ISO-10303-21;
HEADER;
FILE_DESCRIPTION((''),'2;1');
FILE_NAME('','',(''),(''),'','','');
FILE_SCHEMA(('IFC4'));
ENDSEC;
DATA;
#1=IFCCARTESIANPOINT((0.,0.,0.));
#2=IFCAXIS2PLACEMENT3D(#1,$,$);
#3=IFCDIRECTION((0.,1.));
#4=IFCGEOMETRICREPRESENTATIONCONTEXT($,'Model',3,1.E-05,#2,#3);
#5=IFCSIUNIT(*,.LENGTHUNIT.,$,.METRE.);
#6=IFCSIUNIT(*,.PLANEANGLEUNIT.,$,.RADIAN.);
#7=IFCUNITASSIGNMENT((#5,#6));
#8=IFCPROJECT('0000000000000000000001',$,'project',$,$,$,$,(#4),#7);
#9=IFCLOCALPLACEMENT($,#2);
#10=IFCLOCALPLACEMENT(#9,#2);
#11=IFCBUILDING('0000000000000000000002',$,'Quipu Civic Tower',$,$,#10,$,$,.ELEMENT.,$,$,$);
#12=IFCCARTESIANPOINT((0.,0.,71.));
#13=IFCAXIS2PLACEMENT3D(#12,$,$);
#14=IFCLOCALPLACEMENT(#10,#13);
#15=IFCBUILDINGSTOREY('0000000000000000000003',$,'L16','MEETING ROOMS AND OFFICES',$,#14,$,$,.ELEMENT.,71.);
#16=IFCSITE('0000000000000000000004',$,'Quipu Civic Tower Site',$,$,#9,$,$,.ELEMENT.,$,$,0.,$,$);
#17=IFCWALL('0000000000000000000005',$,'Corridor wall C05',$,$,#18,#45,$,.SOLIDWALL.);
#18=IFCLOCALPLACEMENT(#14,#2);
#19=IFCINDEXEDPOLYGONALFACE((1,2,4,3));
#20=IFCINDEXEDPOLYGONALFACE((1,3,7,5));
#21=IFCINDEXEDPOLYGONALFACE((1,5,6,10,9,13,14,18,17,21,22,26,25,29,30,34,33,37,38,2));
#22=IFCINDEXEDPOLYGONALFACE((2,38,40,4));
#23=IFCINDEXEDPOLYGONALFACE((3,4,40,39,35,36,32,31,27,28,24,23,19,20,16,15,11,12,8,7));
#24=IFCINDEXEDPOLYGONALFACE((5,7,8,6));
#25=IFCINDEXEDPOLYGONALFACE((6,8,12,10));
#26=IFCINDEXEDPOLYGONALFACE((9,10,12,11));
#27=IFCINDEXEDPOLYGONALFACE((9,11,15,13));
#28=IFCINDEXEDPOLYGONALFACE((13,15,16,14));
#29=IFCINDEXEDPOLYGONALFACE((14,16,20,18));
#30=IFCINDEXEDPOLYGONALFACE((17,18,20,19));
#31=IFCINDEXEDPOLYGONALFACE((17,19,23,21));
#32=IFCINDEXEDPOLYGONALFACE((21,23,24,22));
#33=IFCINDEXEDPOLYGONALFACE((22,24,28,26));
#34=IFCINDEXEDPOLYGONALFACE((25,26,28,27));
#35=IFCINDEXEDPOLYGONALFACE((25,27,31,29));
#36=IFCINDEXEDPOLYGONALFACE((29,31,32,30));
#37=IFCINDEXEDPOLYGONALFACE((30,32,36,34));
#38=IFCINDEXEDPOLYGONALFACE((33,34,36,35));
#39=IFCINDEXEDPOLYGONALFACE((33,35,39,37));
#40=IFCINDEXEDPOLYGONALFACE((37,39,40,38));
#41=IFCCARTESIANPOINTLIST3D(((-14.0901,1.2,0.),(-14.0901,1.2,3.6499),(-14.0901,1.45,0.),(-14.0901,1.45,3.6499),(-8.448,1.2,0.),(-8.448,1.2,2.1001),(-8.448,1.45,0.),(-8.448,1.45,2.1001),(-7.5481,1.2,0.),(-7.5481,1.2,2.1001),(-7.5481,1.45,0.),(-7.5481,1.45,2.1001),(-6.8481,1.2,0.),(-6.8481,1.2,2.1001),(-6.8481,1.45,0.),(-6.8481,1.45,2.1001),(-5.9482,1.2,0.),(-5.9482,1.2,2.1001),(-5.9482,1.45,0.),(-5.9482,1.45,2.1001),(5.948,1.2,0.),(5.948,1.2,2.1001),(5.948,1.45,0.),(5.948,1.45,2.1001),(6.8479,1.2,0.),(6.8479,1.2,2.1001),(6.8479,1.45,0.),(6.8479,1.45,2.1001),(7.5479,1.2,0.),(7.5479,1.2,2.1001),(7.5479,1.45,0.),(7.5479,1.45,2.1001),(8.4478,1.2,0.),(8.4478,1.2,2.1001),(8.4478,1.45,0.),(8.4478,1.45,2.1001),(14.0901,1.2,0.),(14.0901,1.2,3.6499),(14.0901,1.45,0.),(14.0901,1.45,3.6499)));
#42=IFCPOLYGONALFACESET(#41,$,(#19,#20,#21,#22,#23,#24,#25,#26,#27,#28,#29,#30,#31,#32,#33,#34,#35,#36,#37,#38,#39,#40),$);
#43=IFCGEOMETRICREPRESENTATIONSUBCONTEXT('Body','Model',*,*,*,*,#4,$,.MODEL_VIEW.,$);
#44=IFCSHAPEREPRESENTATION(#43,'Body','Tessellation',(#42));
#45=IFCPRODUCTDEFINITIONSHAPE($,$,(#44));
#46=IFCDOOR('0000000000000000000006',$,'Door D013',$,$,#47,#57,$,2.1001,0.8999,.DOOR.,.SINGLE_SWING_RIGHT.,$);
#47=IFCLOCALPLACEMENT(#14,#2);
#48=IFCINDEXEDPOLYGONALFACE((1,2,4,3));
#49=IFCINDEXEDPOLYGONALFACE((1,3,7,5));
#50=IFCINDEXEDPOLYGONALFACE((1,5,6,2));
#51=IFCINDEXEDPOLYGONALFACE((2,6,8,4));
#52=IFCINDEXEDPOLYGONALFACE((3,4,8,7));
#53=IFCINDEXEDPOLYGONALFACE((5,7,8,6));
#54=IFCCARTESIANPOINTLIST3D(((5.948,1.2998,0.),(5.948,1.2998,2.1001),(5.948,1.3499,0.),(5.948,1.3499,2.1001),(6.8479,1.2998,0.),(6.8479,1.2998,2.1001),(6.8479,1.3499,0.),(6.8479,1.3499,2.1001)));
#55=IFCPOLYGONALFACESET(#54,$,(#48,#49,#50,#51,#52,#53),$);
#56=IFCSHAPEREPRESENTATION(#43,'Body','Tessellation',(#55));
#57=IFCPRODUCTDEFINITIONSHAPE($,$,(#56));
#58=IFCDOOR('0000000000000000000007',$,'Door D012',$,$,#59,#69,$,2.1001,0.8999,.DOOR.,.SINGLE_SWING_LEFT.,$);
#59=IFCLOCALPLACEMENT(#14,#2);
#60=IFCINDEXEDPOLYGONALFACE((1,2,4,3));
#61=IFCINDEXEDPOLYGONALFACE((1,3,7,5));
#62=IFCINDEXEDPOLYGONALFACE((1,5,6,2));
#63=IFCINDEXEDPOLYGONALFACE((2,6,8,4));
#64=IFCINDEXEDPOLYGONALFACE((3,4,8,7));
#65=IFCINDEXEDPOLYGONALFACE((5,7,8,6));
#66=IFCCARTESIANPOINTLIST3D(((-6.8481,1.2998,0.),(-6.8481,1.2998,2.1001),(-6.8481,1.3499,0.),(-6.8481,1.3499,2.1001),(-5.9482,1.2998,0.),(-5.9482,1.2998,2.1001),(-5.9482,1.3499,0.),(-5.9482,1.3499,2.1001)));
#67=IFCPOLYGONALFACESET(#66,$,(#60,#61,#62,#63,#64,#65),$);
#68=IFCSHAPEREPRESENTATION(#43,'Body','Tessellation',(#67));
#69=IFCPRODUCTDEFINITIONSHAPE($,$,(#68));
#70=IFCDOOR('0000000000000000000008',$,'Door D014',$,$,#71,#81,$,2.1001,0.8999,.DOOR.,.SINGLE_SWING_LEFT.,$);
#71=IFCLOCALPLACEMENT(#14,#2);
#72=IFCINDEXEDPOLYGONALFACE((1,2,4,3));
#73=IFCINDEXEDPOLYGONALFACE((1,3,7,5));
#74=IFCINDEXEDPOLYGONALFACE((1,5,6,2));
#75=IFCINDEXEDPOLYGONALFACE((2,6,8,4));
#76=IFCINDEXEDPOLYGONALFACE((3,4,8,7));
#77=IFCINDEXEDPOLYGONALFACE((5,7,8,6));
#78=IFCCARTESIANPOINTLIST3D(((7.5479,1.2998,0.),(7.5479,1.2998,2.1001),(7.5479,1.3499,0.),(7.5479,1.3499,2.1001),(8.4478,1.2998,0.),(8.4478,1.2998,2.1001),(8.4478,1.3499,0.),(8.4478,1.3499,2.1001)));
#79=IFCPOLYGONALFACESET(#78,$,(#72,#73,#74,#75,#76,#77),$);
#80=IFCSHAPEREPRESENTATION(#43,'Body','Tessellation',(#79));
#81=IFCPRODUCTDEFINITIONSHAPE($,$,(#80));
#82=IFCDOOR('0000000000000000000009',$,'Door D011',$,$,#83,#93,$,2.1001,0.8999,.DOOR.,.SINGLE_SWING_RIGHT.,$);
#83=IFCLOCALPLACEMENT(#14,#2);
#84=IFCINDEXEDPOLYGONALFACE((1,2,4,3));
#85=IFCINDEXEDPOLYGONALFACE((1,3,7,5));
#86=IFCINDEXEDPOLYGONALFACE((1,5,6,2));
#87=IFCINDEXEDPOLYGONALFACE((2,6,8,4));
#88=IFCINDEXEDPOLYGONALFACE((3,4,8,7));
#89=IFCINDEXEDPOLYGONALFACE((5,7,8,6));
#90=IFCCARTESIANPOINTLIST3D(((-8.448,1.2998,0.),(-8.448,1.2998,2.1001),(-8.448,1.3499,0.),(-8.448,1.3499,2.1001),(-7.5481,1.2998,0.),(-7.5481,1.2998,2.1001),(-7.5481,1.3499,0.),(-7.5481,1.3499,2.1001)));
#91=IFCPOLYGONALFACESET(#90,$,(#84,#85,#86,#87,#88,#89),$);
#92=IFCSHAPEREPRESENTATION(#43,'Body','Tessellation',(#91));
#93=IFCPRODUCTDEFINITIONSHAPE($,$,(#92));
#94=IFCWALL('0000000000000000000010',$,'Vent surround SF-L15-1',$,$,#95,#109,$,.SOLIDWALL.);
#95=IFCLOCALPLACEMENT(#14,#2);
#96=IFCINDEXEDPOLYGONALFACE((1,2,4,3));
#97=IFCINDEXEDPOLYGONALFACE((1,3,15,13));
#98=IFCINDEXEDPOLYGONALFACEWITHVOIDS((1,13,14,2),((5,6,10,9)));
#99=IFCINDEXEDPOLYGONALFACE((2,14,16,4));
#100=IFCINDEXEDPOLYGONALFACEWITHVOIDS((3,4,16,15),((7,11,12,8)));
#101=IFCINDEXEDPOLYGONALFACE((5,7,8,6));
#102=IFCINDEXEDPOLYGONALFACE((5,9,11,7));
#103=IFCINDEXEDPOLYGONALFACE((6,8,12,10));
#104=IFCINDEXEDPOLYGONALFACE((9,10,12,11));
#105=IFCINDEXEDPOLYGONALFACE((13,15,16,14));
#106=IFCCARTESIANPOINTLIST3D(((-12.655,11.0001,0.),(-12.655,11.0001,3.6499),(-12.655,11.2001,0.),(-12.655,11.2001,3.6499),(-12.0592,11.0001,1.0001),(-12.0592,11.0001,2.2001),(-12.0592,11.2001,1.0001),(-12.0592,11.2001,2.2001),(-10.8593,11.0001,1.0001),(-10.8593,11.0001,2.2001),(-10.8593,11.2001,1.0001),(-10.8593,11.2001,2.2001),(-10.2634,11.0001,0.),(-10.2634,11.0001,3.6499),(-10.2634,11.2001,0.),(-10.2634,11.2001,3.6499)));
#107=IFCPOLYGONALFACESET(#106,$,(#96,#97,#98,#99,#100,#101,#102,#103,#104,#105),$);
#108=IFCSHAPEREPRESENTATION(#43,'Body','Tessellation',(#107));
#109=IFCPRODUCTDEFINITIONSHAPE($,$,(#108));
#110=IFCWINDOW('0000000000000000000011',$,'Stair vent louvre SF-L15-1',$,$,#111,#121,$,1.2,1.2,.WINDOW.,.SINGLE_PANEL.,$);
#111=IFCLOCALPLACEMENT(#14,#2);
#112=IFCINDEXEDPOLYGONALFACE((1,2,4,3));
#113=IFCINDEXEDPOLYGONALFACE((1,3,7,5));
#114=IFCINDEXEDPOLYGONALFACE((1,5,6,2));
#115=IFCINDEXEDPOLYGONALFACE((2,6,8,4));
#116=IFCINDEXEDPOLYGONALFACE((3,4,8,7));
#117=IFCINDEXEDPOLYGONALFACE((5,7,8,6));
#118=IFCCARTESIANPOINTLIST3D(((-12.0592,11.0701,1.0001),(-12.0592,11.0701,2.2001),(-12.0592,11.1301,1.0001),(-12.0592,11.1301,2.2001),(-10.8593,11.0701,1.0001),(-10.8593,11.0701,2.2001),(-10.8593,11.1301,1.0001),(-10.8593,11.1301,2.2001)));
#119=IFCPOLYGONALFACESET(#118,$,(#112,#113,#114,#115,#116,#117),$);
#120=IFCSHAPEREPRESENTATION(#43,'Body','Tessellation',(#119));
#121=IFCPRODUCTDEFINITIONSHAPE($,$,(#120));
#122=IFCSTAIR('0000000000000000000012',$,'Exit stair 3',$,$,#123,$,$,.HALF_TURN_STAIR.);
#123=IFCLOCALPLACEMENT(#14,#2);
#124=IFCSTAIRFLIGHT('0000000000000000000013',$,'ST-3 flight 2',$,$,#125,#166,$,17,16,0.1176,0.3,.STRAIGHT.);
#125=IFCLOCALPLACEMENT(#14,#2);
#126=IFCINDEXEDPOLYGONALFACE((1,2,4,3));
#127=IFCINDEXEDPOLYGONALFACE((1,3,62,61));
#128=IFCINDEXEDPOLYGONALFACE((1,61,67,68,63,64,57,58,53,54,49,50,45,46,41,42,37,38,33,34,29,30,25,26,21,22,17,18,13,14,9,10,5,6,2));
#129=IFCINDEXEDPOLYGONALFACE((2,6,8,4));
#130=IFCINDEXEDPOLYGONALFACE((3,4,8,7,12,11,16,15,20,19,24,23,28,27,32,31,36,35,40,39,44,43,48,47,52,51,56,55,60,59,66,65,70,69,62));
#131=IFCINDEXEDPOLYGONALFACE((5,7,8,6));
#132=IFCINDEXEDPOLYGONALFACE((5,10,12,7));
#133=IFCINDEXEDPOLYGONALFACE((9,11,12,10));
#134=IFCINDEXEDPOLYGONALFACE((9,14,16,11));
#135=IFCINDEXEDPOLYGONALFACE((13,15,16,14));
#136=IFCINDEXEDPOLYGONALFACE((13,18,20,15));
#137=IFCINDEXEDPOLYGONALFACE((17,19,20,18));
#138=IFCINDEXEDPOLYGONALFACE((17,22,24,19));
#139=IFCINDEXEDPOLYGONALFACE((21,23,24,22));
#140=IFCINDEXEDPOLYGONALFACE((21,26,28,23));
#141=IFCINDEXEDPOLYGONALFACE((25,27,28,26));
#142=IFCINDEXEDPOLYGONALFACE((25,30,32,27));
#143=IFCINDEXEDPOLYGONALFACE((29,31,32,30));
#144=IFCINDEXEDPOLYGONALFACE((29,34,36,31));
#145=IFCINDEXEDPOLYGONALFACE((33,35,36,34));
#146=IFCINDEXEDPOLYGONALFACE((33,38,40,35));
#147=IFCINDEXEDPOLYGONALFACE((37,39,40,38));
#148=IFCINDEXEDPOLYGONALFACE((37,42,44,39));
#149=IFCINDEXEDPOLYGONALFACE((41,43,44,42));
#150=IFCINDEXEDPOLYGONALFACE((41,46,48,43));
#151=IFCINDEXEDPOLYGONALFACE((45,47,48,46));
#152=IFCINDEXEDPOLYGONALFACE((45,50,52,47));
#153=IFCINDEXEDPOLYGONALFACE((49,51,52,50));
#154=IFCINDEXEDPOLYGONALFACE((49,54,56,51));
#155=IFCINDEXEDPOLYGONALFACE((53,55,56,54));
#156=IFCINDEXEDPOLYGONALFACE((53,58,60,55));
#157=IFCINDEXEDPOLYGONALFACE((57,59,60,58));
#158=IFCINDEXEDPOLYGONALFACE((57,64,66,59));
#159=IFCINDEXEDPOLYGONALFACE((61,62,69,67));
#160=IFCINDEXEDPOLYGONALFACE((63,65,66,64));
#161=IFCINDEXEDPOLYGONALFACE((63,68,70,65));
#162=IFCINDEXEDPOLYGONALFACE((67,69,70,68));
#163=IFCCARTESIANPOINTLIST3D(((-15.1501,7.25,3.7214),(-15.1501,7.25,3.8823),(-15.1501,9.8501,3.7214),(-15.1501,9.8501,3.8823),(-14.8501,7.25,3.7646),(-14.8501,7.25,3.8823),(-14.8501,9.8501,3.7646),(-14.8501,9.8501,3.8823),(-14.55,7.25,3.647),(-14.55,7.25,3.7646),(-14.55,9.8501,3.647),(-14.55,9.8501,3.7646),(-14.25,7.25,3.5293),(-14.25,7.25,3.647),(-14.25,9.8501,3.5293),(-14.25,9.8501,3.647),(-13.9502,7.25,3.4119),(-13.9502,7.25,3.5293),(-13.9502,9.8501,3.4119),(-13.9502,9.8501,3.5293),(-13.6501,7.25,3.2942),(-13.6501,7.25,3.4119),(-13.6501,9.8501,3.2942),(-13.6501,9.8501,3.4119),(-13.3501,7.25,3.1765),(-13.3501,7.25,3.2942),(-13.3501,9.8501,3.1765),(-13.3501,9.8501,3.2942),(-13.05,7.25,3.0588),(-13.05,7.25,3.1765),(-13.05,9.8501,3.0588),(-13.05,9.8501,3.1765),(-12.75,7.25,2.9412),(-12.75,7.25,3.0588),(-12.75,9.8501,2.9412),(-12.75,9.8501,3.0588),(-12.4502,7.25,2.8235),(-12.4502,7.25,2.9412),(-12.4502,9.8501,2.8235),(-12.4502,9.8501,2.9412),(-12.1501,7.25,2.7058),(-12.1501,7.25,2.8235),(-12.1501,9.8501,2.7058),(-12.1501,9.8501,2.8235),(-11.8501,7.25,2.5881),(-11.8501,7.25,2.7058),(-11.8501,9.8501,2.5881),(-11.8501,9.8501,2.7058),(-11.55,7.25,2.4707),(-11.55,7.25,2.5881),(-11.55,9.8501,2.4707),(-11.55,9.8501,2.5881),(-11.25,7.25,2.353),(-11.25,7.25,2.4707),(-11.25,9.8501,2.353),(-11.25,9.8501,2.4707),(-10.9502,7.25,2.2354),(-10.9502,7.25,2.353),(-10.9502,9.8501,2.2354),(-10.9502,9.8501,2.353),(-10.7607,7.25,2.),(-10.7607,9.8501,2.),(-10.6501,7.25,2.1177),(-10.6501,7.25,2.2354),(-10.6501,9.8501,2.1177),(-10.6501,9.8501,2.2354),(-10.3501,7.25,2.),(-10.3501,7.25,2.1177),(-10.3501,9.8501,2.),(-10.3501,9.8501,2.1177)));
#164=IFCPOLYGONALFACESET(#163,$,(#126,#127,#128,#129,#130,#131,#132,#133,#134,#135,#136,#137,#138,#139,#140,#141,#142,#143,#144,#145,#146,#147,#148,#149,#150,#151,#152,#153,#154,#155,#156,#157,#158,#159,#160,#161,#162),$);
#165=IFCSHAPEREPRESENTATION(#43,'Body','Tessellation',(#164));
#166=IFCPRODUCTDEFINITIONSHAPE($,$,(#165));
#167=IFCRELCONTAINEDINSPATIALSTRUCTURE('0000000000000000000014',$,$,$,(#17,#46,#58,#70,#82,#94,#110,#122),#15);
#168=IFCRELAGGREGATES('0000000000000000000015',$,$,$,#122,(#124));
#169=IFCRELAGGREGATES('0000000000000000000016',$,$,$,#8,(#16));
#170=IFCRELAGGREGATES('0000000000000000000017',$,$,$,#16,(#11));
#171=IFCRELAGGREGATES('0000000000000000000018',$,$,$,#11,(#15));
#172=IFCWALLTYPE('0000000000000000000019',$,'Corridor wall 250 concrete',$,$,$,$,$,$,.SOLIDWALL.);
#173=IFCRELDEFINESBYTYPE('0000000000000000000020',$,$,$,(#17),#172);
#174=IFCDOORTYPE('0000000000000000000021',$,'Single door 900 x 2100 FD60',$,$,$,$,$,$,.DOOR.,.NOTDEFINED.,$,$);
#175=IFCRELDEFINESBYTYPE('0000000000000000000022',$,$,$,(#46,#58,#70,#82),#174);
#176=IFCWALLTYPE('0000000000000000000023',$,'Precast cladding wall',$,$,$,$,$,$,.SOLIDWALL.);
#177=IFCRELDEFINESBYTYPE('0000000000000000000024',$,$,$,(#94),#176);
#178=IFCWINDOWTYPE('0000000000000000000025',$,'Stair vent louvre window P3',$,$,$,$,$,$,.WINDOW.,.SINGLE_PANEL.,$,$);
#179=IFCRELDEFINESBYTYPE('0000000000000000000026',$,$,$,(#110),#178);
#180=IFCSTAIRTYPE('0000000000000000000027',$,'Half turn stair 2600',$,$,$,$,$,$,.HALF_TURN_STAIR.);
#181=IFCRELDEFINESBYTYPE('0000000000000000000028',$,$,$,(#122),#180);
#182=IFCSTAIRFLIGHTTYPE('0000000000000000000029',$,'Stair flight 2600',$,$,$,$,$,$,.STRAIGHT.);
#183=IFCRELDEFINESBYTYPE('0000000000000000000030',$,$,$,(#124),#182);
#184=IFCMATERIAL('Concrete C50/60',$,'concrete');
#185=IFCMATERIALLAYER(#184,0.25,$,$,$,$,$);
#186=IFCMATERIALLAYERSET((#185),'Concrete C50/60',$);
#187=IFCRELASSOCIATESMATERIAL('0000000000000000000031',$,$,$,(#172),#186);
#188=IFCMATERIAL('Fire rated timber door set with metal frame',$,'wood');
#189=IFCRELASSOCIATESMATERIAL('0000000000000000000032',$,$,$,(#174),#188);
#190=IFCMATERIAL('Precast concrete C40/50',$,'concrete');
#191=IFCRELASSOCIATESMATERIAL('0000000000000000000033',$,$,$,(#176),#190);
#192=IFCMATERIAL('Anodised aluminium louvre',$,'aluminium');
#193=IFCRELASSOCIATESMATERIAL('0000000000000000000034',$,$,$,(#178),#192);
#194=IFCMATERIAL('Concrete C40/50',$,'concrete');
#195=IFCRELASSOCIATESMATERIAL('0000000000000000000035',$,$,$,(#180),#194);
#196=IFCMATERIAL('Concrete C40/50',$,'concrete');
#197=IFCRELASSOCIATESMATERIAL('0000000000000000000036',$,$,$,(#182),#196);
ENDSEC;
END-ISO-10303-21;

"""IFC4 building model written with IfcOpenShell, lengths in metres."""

from ifc_helpers import new_model, si_unit, direction, frame, frame_2d, origin, place, context, subcontext, project, spatial, polyline, rectangle, outline, extrude, material, layer, layer_set, type_object, element, fill, aggregate, save


model = new_model("IFC4")

# Units and contexts
model_context = context("Model", 3, precision=1e-05, world=origin(), true_north=direction((0.0, 1.0)))
body_context = subcontext(model_context, "Body", "Model", "MODEL_VIEW")
ifc_project = project(units=[si_unit("LENGTHUNIT", "METRE"), si_unit("PLANEANGLEUNIT", "RADIAN")], contexts=[model_context])

# Site, building, storey
site_placement = place(None, origin())
site = spatial("IfcSite", under=ifc_project, at=site_placement, Name="Quipu Civic Tower Site", CompositionType="ELEMENT", RefElevation=0.0)
building_placement = place(site_placement, origin())
building = spatial("IfcBuilding", under=site, at=building_placement, Name="Quipu Civic Tower", CompositionType="ELEMENT")
storey_placement = place(building_placement, frame((0.0, 0.0, 71.0)))
storey = spatial("IfcBuildingStorey", under=building, at=storey_placement, Name="L16", Description="MEETING ROOMS AND OFFICES", CompositionType="ELEMENT", Elevation=71.0)

# Wall, openings, doors
ifc_material_1 = material(Name="Concrete C50/60", Category="concrete")
ifc_layer_1 = layer(ifc_material_1, 0.25)
ifc_layer_set_1 = layer_set([ifc_layer_1], Name="Concrete C50/60")
wall_type_1 = type_object("IfcWallType", Name="Corridor wall 250 concrete", PredefinedType="SOLIDWALL", material=ifc_layer_set_1)
wall_1_placement = place(storey_placement, frame((-14.0901, 1.325, 0.0), z_axis=(0.0, 0.0, 1.0), x_axis=(1.0, 0.0, 0.0)))
wall_1 = element("IfcWall", 1, at=wall_1_placement, inside=storey, type_object=wall_type_1, Name="Corridor wall C05", PredefinedType="SOLIDWALL", context=body_context, shape_type="SweptSolid", body=[
    extrude(rectangle(XDim=28.1802, YDim=0.25, at=frame_2d((14.0901, 0.0))), origin(), (0.0, 0.0, 1.0), 3.6499),
])
opening_1_placement = place(wall_1_placement, frame((20.0381, 0.0, 0.0)))
opening_1 = element("IfcOpeningElement", 2, at=opening_1_placement, cuts=wall_1, PredefinedType="OPENING", context=body_context, shape_type="SweptSolid", body=[
    extrude(rectangle(XDim=0.8999, YDim=2.1001, at=frame_2d((0.45, 1.05))), frame((0.0, 0.135, 0.0), z_axis=(0.0, -1.0, 0.0), x_axis=(1.0, 0.0, 0.0)), (0.0, 0.0, 1.0), 0.27),
])
opening_2_placement = place(wall_1_placement, frame((7.2419, 0.0, 0.0)))
opening_2 = element("IfcOpeningElement", 3, at=opening_2_placement, cuts=wall_1, PredefinedType="OPENING", context=body_context, shape_type="SweptSolid", body=[
    extrude(rectangle(XDim=0.8999, YDim=2.1001, at=frame_2d((0.45, 1.05))), frame((0.0, 0.135, 0.0), z_axis=(0.0, -1.0, 0.0), x_axis=(1.0, 0.0, 0.0)), (0.0, 0.0, 1.0), 0.27),
])
opening_3_placement = place(wall_1_placement, frame((21.6379, 0.0, 0.0)))
opening_3 = element("IfcOpeningElement", 4, at=opening_3_placement, cuts=wall_1, PredefinedType="OPENING", context=body_context, shape_type="SweptSolid", body=[
    extrude(rectangle(XDim=0.8999, YDim=2.1001, at=frame_2d((0.45, 1.05))), frame((0.0, 0.135, 0.0), z_axis=(0.0, -1.0, 0.0), x_axis=(1.0, 0.0, 0.0)), (0.0, 0.0, 1.0), 0.27),
])
opening_4_placement = place(wall_1_placement, frame((5.6421, 0.0, 0.0)))
opening_4 = element("IfcOpeningElement", 5, at=opening_4_placement, cuts=wall_1, PredefinedType="OPENING", context=body_context, shape_type="SweptSolid", body=[
    extrude(rectangle(XDim=0.8999, YDim=2.1001, at=frame_2d((0.45, 1.05))), frame((0.0, 0.135, 0.0), z_axis=(0.0, -1.0, 0.0), x_axis=(1.0, 0.0, 0.0)), (0.0, 0.0, 1.0), 0.27),
])
ifc_material_2 = material(Name="Fire rated timber door set with metal frame", Category="wood")
door_type = type_object("IfcDoorType", Name="Single door 900 x 2100 FD60", OperationType="NOTDEFINED", PredefinedType="DOOR", material=ifc_material_2)
door_1_placement = place(opening_1_placement, origin())
door_1 = element("IfcDoor", 6, at=door_1_placement, inside=storey, type_object=door_type, Name="Door D013", OperationType="SINGLE_SWING_RIGHT", OverallHeight=2.1001, OverallWidth=0.8999, PredefinedType="DOOR", context=body_context, shape_type="SweptSolid", body=[
    extrude(rectangle(XDim=0.8999, YDim=2.1001, at=frame_2d((0.45, 1.05))), frame((0.0, 0.0249, 0.0), z_axis=(0.0, -1.0, 0.0), x_axis=(1.0, 0.0, 0.0)), (0.0, 0.0, 1.0), 0.05),
])
fill(opening_1, door_1)
door_2_placement = place(opening_2_placement, origin())
door_2 = element("IfcDoor", 7, at=door_2_placement, inside=storey, type_object=door_type, Name="Door D012", OperationType="SINGLE_SWING_LEFT", OverallHeight=2.1001, OverallWidth=0.8999, PredefinedType="DOOR", context=body_context, shape_type="SweptSolid", body=[
    extrude(rectangle(XDim=0.8999, YDim=2.1001, at=frame_2d((0.45, 1.05))), frame((0.0, 0.0249, 0.0), z_axis=(0.0, -1.0, 0.0), x_axis=(1.0, 0.0, 0.0)), (0.0, 0.0, 1.0), 0.05),
])
fill(opening_2, door_2)
door_3_placement = place(opening_3_placement, origin())
door_3 = element("IfcDoor", 8, at=door_3_placement, inside=storey, type_object=door_type, Name="Door D014", OperationType="SINGLE_SWING_LEFT", OverallHeight=2.1001, OverallWidth=0.8999, PredefinedType="DOOR", context=body_context, shape_type="SweptSolid", body=[
    extrude(rectangle(XDim=0.8999, YDim=2.1001, at=frame_2d((0.45, 1.05))), frame((0.0, 0.0249, 0.0), z_axis=(0.0, -1.0, 0.0), x_axis=(1.0, 0.0, 0.0)), (0.0, 0.0, 1.0), 0.05),
])
fill(opening_3, door_3)
door_4_placement = place(opening_4_placement, origin())
door_4 = element("IfcDoor", 9, at=door_4_placement, inside=storey, type_object=door_type, Name="Door D011", OperationType="SINGLE_SWING_RIGHT", OverallHeight=2.1001, OverallWidth=0.8999, PredefinedType="DOOR", context=body_context, shape_type="SweptSolid", body=[
    extrude(rectangle(XDim=0.8999, YDim=2.1001, at=frame_2d((0.45, 1.05))), frame((0.0, 0.0249, 0.0), z_axis=(0.0, -1.0, 0.0), x_axis=(1.0, 0.0, 0.0)), (0.0, 0.0, 1.0), 0.05),
])
fill(opening_4, door_4)

# Wall, opening, window
ifc_material_3 = material(Name="Precast concrete C40/50", Category="concrete")
wall_type_2 = type_object("IfcWallType", Name="Precast cladding wall", PredefinedType="SOLIDWALL", material=ifc_material_3)
wall_2_placement = place(storey_placement, frame((-10.2634, 11.1001, 0.0), z_axis=(0.0, 0.0, 1.0), x_axis=(-1.0, 0.0, 0.0)))
wall_2 = element("IfcWall", 10, at=wall_2_placement, inside=storey, type_object=wall_type_2, Name="Vent surround SF-L15-1", PredefinedType="SOLIDWALL", context=body_context, shape_type="SweptSolid", body=[
    extrude(rectangle(XDim=2.3916, YDim=0.2, at=frame_2d((1.1958, 0.0))), origin(), (0.0, 0.0, 1.0), 3.6499),
])
opening_5_placement = place(wall_2_placement, frame((0.5957, 0.0, 1.0)))
opening_5 = element("IfcOpeningElement", 11, at=opening_5_placement, cuts=wall_2, PredefinedType="OPENING", context=body_context, shape_type="SweptSolid", body=[
    extrude(rectangle(XDim=1.2, YDim=1.2, at=frame_2d((0.6001, 0.6001))), frame((0.0, 0.1099, 0.0), z_axis=(0.0, -1.0, 0.0), x_axis=(1.0, 0.0, 0.0)), (0.0, 0.0, 1.0), 0.22),
])
ifc_material_4 = material(Name="Anodised aluminium louvre", Category="aluminium")
window_type = type_object("IfcWindowType", Name="Stair vent louvre window P3", PartitioningType="SINGLE_PANEL", PredefinedType="WINDOW", material=ifc_material_4)
window_placement = place(opening_5_placement, origin())
window = element("IfcWindow", 12, at=window_placement, inside=storey, type_object=window_type, Name="Stair vent louvre SF-L15-1", OverallHeight=1.2, OverallWidth=1.2, PartitioningType="SINGLE_PANEL", PredefinedType="WINDOW", context=body_context, shape_type="SweptSolid", body=[
    extrude(rectangle(XDim=1.2, YDim=1.2, at=frame_2d((0.6001, 0.6001))), frame((0.0, 0.03, 0.0), z_axis=(0.0, -1.0, 0.0), x_axis=(1.0, 0.0, 0.0)), (0.0, 0.0, 1.0), 0.0601),
])
fill(opening_5, window)

# Stair, stair flight
ifc_material_5 = material(Name="Concrete C40/50", Category="concrete")
stair_type = type_object("IfcStairType", Name="Half turn stair 2600", PredefinedType="HALF_TURN_STAIR", material=ifc_material_5)
stair_placement = place(storey_placement, origin())
stair = element("IfcStair", 13, at=stair_placement, inside=storey, type_object=stair_type, Name="Exit stair 3", PredefinedType="HALF_TURN_STAIR")
ifc_material_6 = material(Name="Concrete C40/50", Category="concrete")
stair_flight_type = type_object("IfcStairFlightType", Name="Stair flight 2600", PredefinedType="STRAIGHT", material=ifc_material_6)
stair_flight_placement = place(storey_placement, frame((-10.3501, 8.55, 2.0), z_axis=(0.0, 0.0, 1.0), x_axis=(-1.0, 0.0, 0.0)))
stair_flight = element("IfcStairFlight", 14, at=stair_flight_placement, type_object=stair_flight_type, Name="ST-3 flight 2", NumberOfRisers=17, NumberOfTreads=16, PredefinedType="STRAIGHT", RiserHeight=0.1176, TreadLength=0.3, context=body_context, shape_type="SweptSolid", body=[
    extrude(outline(polyline([(0.0, 0.0), (0.0, 0.1177), (0.3, 0.1177), (0.3, 0.2354), (0.6001, 0.2354), (0.6001, 0.353), (0.8999, 0.353), (0.8999, 0.4707), (1.2, 0.4707), (1.2, 0.5881), (1.5, 0.5881), (1.5, 0.7058), (1.8, 0.7058), (1.8, 0.8235), (2.1001, 0.8235), (2.1001, 0.9412), (2.3999, 0.9412), (2.3999, 1.0588), (2.7, 1.0588), (2.7, 1.1765), (3.0, 1.1765), (3.0, 1.2942), (3.3, 1.2942), (3.3, 1.4119), (3.6001, 1.4119), (3.6001, 1.5293), (3.8999, 1.5293), (3.8999, 1.647), (4.2, 1.647), (4.2, 1.7646), (4.5, 1.7646), (4.5, 1.8823), (4.8, 1.8823), (4.8, 2.0), (4.8, 1.7214), (0.4106, 0.0), (0.0, 0.0)])), frame((0.0, 1.3, 0.0), z_axis=(0.0, -1.0, 0.0), x_axis=(1.0, 0.0, 0.0)), (0.0, 0.0, 1.0), 2.6001),
])
aggregate(stair, [stair_flight])

save(model, "model.ifc")
